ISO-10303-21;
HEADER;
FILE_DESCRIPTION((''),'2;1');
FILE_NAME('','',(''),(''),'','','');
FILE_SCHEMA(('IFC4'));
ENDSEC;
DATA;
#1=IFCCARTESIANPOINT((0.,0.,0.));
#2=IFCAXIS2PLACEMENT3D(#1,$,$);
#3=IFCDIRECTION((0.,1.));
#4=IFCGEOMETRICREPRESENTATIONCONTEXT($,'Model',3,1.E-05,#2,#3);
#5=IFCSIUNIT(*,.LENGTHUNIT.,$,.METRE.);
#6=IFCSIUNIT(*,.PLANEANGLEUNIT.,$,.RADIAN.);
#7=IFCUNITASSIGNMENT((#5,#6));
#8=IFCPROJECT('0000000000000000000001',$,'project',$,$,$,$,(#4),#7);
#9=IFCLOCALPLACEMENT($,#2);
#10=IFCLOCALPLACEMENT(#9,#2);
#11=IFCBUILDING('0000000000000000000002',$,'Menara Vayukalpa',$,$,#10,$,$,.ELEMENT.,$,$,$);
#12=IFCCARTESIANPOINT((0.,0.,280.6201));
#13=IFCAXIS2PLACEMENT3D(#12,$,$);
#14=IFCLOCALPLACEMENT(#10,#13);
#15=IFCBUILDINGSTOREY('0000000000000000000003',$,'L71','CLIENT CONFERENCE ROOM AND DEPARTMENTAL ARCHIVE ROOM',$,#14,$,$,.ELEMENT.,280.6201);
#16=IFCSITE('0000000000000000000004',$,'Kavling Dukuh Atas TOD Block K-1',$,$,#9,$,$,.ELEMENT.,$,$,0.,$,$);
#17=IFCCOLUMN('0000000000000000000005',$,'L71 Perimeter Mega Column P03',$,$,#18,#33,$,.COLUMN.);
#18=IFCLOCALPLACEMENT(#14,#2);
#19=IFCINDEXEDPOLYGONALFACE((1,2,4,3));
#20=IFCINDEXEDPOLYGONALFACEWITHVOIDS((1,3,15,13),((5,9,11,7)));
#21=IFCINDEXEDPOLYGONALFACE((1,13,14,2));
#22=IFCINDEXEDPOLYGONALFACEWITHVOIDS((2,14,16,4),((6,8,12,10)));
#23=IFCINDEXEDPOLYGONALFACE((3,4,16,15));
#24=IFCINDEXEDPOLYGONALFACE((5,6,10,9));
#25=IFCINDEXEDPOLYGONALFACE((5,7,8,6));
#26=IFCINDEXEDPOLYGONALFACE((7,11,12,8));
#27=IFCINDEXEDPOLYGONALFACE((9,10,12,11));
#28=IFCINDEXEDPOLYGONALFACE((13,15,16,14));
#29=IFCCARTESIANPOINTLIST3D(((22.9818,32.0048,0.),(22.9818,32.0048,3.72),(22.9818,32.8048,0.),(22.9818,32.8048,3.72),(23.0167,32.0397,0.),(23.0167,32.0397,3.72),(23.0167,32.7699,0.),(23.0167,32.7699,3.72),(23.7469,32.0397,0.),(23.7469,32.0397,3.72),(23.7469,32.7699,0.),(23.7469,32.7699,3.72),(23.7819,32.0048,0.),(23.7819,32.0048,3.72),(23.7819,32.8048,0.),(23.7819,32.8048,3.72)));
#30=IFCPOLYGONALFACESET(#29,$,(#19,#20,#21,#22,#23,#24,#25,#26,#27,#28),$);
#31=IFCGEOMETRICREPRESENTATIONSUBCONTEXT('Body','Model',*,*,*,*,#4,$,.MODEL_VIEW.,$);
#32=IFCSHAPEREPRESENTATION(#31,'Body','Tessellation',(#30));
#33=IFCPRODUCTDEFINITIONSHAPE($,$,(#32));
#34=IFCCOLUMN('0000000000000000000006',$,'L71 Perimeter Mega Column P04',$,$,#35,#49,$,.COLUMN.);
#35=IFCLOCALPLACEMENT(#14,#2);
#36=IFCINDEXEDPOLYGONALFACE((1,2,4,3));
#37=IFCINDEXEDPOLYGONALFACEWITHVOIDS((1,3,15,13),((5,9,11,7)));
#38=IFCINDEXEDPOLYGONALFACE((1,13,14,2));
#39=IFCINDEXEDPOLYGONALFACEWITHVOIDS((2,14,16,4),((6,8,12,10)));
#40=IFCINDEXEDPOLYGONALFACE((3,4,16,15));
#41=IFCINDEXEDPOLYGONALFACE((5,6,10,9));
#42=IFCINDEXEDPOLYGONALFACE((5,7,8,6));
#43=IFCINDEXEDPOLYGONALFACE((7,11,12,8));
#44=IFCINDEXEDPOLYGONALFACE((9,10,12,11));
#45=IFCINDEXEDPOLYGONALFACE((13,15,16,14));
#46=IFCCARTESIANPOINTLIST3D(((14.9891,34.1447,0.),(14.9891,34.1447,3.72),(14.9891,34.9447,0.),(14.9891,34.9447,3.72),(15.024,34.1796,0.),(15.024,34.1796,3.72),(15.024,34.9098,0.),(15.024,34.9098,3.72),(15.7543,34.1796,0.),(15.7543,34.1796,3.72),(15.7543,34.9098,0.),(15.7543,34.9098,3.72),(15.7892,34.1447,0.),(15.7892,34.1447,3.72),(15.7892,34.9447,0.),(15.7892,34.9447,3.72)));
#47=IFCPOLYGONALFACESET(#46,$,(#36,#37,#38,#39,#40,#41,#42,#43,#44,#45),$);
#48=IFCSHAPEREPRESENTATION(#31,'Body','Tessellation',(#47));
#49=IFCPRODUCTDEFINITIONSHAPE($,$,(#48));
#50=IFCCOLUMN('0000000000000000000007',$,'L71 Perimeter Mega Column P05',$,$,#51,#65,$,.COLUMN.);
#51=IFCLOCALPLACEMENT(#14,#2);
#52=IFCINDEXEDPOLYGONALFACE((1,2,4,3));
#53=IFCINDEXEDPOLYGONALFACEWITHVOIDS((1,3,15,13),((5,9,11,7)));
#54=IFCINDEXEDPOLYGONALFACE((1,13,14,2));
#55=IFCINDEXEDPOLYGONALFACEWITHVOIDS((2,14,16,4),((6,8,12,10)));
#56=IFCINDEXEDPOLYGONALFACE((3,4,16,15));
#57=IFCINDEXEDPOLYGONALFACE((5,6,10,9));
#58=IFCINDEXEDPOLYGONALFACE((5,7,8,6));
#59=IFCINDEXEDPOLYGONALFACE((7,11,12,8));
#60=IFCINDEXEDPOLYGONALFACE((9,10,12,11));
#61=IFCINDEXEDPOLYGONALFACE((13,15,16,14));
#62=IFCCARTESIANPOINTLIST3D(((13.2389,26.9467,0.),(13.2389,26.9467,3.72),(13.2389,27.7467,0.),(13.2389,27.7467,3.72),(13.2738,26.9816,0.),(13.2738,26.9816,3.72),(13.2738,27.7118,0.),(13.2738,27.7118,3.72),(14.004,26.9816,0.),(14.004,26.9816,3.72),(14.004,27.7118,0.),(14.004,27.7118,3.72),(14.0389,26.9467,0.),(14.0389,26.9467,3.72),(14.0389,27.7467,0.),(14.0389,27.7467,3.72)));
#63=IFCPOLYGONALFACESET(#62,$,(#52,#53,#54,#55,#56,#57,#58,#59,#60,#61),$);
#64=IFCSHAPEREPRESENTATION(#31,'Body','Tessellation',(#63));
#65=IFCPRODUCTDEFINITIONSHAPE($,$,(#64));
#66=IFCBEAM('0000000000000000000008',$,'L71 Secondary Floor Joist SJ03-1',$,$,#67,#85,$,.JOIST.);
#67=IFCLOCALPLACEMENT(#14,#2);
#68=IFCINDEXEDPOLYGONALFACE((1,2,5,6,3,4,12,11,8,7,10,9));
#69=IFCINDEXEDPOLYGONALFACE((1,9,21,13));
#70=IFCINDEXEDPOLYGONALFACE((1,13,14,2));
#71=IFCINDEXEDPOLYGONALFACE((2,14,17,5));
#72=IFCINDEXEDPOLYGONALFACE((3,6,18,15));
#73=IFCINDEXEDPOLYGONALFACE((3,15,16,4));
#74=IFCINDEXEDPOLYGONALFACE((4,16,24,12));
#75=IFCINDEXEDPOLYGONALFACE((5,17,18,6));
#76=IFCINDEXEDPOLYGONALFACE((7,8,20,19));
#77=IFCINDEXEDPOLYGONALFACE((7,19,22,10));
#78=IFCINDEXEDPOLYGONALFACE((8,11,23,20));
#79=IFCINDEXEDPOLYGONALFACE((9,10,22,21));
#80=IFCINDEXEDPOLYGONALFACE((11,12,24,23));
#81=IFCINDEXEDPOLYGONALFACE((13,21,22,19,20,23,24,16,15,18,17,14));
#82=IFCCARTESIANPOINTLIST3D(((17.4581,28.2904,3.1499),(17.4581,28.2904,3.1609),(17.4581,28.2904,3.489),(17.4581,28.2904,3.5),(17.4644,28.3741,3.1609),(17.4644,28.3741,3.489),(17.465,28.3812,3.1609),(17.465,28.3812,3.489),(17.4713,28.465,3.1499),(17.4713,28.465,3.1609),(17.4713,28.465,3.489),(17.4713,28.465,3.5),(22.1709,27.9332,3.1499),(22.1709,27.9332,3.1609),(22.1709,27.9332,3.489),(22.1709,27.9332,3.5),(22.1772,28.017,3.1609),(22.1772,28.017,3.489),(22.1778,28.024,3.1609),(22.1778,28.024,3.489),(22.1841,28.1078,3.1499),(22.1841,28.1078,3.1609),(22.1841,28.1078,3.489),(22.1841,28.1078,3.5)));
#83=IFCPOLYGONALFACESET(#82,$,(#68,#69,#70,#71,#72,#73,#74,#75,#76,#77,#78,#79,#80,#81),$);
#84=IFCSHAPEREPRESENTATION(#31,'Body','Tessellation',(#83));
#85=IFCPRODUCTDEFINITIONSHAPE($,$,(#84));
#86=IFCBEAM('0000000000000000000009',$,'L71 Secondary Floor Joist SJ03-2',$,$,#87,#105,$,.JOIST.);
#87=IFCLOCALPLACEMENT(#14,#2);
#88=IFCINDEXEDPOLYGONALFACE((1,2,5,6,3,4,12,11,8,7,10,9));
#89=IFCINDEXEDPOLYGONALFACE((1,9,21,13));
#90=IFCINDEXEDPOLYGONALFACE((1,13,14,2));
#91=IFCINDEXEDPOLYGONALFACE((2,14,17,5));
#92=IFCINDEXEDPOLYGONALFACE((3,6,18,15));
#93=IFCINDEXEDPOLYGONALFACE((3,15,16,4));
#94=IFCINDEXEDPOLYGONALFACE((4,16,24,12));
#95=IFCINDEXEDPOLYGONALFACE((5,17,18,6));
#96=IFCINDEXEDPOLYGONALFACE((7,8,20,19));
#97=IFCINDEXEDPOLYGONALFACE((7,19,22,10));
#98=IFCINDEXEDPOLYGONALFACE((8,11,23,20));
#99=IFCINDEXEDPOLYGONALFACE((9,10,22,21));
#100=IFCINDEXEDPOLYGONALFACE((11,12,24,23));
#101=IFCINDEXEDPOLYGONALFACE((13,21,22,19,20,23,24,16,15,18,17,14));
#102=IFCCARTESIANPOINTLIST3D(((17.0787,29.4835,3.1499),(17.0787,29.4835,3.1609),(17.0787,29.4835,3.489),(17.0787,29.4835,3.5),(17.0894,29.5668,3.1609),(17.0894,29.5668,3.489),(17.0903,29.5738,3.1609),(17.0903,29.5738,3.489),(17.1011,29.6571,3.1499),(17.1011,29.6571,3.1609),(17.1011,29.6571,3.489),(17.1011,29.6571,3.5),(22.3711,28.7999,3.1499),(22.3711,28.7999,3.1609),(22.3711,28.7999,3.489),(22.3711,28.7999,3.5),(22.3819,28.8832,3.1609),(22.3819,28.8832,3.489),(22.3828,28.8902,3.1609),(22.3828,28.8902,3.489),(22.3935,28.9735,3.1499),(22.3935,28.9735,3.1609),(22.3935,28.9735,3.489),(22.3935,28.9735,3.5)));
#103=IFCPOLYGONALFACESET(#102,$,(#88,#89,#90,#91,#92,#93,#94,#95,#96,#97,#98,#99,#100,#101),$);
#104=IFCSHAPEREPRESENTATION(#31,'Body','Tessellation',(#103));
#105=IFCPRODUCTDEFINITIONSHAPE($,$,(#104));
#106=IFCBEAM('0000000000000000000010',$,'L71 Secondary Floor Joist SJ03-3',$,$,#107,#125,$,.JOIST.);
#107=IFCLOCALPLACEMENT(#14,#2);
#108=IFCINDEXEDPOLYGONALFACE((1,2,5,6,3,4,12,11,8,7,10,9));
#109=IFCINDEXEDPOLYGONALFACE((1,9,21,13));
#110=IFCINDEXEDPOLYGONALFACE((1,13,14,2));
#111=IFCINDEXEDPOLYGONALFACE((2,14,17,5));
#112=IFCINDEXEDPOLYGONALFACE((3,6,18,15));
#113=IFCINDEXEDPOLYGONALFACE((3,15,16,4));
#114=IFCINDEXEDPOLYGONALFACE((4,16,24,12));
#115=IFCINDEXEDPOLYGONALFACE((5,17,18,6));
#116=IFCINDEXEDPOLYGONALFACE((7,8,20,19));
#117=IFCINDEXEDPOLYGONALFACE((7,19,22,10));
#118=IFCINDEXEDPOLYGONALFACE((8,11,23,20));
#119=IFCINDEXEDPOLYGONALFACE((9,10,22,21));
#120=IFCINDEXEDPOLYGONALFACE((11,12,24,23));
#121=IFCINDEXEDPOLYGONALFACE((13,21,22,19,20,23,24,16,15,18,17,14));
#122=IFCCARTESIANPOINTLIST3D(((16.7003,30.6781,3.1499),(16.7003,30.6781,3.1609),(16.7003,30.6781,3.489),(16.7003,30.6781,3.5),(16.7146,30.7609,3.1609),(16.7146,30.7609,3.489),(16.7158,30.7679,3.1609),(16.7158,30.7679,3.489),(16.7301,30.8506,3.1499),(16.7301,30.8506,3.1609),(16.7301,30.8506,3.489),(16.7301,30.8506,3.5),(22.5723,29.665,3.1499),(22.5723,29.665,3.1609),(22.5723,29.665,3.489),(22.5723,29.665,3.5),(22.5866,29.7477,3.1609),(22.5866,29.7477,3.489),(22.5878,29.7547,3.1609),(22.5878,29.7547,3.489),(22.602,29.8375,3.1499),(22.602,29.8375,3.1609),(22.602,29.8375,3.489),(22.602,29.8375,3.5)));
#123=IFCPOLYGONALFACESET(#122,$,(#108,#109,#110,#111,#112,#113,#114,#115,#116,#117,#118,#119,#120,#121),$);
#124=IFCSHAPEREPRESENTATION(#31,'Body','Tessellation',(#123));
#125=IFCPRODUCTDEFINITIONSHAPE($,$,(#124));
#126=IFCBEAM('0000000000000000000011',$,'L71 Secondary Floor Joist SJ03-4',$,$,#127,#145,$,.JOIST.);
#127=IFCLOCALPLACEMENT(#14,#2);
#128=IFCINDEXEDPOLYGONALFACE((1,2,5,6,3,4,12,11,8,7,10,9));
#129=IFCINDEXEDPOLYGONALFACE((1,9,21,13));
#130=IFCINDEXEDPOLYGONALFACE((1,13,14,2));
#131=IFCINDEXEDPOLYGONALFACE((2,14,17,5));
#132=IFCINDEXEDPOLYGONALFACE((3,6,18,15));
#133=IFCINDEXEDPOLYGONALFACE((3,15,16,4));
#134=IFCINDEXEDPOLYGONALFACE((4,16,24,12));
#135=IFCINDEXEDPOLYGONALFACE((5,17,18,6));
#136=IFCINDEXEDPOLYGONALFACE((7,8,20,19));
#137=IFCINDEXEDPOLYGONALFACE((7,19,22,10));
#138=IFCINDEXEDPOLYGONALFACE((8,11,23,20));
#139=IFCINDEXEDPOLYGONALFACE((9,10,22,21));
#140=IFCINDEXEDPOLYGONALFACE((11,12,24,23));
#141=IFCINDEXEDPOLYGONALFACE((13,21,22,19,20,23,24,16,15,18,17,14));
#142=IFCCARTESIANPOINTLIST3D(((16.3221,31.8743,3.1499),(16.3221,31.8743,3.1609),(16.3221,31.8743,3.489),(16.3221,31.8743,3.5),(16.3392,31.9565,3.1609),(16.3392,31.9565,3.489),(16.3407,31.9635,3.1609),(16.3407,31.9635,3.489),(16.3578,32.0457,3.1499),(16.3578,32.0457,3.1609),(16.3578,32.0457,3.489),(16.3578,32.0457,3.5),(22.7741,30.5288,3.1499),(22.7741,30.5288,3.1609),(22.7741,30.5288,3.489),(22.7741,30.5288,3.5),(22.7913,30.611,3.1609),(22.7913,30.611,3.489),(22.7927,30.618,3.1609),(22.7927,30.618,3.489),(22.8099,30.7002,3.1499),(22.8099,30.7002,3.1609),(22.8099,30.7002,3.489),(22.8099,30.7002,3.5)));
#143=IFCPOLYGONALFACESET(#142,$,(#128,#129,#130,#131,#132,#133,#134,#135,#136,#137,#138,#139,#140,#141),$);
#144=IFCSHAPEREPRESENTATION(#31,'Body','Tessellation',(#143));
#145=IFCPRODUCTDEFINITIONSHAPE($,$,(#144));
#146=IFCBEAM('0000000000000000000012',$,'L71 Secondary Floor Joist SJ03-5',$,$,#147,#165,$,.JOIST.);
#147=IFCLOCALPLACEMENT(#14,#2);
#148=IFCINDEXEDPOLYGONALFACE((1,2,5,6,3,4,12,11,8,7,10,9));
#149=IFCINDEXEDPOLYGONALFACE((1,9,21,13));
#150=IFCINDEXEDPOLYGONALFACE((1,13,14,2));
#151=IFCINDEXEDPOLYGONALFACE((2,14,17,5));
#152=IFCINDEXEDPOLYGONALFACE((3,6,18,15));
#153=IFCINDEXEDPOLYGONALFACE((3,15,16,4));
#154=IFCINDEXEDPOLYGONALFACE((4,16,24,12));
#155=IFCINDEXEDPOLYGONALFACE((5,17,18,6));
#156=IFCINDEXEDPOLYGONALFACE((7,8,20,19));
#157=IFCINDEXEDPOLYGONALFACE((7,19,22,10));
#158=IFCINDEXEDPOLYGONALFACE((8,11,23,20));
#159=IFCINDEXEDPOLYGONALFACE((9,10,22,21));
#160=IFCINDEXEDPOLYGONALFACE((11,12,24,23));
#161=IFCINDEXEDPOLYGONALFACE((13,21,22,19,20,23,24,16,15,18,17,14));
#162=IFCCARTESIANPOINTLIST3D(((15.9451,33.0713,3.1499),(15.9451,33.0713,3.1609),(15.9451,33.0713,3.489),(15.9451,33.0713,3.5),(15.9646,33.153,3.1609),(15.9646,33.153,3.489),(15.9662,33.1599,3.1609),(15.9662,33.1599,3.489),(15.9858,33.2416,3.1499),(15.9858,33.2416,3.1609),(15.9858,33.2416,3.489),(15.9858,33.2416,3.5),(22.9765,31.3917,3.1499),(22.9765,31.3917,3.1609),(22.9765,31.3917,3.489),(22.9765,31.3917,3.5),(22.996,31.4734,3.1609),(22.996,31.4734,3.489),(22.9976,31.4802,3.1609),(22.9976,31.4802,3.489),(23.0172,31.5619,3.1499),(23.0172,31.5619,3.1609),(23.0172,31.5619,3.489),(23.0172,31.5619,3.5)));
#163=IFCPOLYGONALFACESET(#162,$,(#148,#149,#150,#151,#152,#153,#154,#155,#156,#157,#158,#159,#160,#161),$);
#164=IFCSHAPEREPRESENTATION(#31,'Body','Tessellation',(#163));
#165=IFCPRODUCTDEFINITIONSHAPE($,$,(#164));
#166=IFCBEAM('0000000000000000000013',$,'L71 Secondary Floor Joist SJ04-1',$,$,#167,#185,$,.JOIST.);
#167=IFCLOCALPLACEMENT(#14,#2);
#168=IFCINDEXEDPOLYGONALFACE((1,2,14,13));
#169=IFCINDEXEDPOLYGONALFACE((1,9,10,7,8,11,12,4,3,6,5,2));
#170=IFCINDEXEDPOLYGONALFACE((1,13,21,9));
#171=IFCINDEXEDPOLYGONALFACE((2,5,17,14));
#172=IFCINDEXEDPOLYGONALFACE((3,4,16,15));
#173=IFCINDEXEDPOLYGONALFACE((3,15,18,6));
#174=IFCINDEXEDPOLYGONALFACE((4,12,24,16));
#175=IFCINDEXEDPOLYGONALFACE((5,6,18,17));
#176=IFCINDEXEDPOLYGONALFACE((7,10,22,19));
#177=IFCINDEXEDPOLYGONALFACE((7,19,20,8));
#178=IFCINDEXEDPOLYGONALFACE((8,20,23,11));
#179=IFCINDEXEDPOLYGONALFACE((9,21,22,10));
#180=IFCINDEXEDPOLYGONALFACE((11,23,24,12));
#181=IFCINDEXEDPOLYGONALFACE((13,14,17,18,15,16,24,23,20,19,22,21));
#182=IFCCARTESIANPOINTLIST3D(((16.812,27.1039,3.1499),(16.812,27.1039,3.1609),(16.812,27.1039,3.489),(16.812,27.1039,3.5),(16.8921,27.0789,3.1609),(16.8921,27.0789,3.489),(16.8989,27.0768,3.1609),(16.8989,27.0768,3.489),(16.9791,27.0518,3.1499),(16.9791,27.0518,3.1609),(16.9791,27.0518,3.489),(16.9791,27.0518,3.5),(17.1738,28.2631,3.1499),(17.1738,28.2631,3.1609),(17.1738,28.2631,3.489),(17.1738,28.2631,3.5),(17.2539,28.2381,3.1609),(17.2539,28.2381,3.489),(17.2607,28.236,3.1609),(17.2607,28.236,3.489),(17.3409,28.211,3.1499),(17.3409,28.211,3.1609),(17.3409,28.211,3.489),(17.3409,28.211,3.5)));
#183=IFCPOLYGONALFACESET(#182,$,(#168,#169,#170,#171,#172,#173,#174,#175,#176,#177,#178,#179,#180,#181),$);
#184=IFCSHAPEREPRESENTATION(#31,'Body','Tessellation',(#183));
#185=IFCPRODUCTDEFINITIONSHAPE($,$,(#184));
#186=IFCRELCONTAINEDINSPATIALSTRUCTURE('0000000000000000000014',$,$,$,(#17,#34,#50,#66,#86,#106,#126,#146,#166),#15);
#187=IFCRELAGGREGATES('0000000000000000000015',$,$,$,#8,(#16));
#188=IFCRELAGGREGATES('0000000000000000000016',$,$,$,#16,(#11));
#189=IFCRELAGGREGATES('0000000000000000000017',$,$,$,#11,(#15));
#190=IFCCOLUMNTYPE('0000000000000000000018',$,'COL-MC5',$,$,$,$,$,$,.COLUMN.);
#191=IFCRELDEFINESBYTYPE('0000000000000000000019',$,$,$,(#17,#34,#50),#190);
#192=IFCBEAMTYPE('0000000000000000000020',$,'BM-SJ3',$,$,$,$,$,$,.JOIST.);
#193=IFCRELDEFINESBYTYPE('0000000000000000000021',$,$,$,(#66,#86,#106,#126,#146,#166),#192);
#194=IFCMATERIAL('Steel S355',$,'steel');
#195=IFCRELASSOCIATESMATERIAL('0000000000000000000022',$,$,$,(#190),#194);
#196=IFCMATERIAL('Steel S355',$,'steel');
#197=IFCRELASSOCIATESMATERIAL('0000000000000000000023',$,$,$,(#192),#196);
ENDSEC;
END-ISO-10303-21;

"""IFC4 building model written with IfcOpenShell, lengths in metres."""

from ifc_helpers import new_model, si_unit, direction, frame, origin, origin_2d, place, context, subcontext, project, spatial, hollow_rectangle, i_section, extrude, material, material_profile, profile_set, type_object, element, save


model = new_model("IFC4")

# Units and contexts
model_context = context("Model", 3, precision=1e-05, world=origin(), true_north=direction((0.0, 1.0)))
body_context = subcontext(model_context, "Body", "Model", "MODEL_VIEW")
ifc_project = project(units=[si_unit("LENGTHUNIT", "METRE"), si_unit("PLANEANGLEUNIT", "RADIAN")], contexts=[model_context])

# Site, building, storey
site_placement = place(None, origin())
site = spatial("IfcSite", under=ifc_project, at=site_placement, Name="Kavling Dukuh Atas TOD Block K-1", CompositionType="ELEMENT", RefElevation=0.0)
building_placement = place(site_placement, origin())
building = spatial("IfcBuilding", under=site, at=building_placement, Name="Menara Vayukalpa", CompositionType="ELEMENT")
storey_placement = place(building_placement, frame((0.0, 0.0, 280.6201)))
storey = spatial("IfcBuildingStorey", under=building, at=storey_placement, Name="L71", Description="CLIENT CONFERENCE ROOM AND DEPARTMENTAL ARCHIVE ROOM", CompositionType="ELEMENT", Elevation=280.6201)

# Columns
ifc_material_1 = material(Name="Steel S355", Category="steel")
ifc_material_profile_1 = material_profile(ifc_material_1, hollow_rectangle(XDim=0.8, YDim=0.8, WallThickness=0.0349, at=origin_2d()), Name="BOX 800x800x35")
ifc_profile_set_1 = profile_set([ifc_material_profile_1], Name="Steel S355")
column_type = type_object("IfcColumnType", Name="COL-MC5", PredefinedType="COLUMN", material=ifc_profile_set_1)
for number, where, z_axis, x_axis, name in (
    (1, (23.3818, 32.4048, 0.0), (0.0, 0.0, 1.0), (1.0, 0.0, 0.0), "L71 Perimeter Mega Column P03"),
    (2, (15.3892, 34.5447, 0.0), (0.0, 0.0, 1.0), (1.0, 0.0, 0.0), "L71 Perimeter Mega Column P04"),
    (3, (13.6389, 27.3467, 0.0), (0.0, 0.0, 1.0), (1.0, 0.0, 0.0), "L71 Perimeter Mega Column P05"),
):
    element("IfcColumn", number, at=place(storey_placement, frame(where, z_axis=z_axis, x_axis=x_axis)), inside=storey, type_object=column_type, Name=name, PredefinedType="COLUMN", context=body_context, shape_type="SweptSolid", body=[
        extrude(hollow_rectangle(XDim=0.8, YDim=0.8, WallThickness=0.0349, at=origin_2d()), origin(), (0.0, 0.0, 1.0), 3.72),
    ])

# Beams
ifc_material_2 = material(Name="Steel S355", Category="steel")
ifc_material_profile_2 = material_profile(ifc_material_2, i_section(OverallWidth=0.175, OverallDepth=0.3501, WebThickness=0.0071, FlangeThickness=0.011, at=origin_2d()), Name="WF 350x175x7x11")
ifc_profile_set_2 = profile_set([ifc_material_profile_2], Name="Steel S355")
beam_type_1 = type_object("IfcBeamType", Name="BM-SJ3", PredefinedType="JOIST", material=ifc_profile_set_2)
beam_1_placement = place(storey_placement, frame((22.1775, 28.0205, 3.325), z_axis=(-0.99714, 0.075571, 0.0), x_axis=(-0.075571, -0.99714, 0.0)))
element("IfcBeam", 4, at=beam_1_placement, inside=storey, type_object=beam_type_1, Name="L71 Secondary Floor Joist SJ03-1", PredefinedType="JOIST", context=body_context, shape_type="SweptSolid", body=[
    extrude(i_section(OverallWidth=0.175, OverallDepth=0.3501, WebThickness=0.0071, FlangeThickness=0.011, at=origin_2d()), origin(), (0.0, 0.0, 1.0), 4.7263),
])
beam_2_placement = place(storey_placement, frame((22.3823, 28.8867, 3.325), z_axis=(-0.991761, 0.128099, 0.0), x_axis=(-0.128099, -0.991761, 0.0)))
element("IfcBeam", 5, at=beam_2_placement, inside=storey, type_object=beam_type_1, Name="L71 Secondary Floor Joist SJ03-2", PredefinedType="JOIST", context=body_context, shape_type="SweptSolid", body=[
    extrude(i_section(OverallWidth=0.175, OverallDepth=0.3501, WebThickness=0.0071, FlangeThickness=0.011, at=origin_2d()), origin(), (0.0, 0.0, 1.0), 5.3364),
])
beam_3_placement = place(storey_placement, frame((22.5872, 29.7512, 3.325), z_axis=(-0.985439, 0.17003, 0.0), x_axis=(-0.17003, -0.985439, 0.0)))
element("IfcBeam", 6, at=beam_3_placement, inside=storey, type_object=beam_type_1, Name="L71 Secondary Floor Joist SJ03-3", PredefinedType="JOIST", context=body_context, shape_type="SweptSolid", body=[
    extrude(i_section(OverallWidth=0.175, OverallDepth=0.3501, WebThickness=0.0071, FlangeThickness=0.011, at=origin_2d()), origin(), (0.0, 0.0, 1.0), 5.9587),
])
beam_4_placement = place(storey_placement, frame((22.792, 30.6145, 3.325), z_axis=(-0.978941, 0.204145, 0.0), x_axis=(-0.204145, -0.978941, 0.0)))
element("IfcBeam", 7, at=beam_4_placement, inside=storey, type_object=beam_type_1, Name="L71 Secondary Floor Joist SJ03-4", PredefinedType="JOIST", context=body_context, shape_type="SweptSolid", body=[
    extrude(i_section(OverallWidth=0.175, OverallDepth=0.3501, WebThickness=0.0071, FlangeThickness=0.011, at=origin_2d()), origin(), (0.0, 0.0, 1.0), 6.5908),
])
beam_5_placement = place(storey_placement, frame((22.9968, 31.4768, 3.325), z_axis=(-0.972634, 0.232343, 0.0), x_axis=(-0.232343, -0.972634, 0.0)))
element("IfcBeam", 8, at=beam_5_placement, inside=storey, type_object=beam_type_1, Name="L71 Secondary Floor Joist SJ03-5", PredefinedType="JOIST", context=body_context, shape_type="SweptSolid", body=[
    extrude(i_section(OverallWidth=0.175, OverallDepth=0.3501, WebThickness=0.0071, FlangeThickness=0.011, at=origin_2d()), origin(), (0.0, 0.0, 1.0), 7.2292),
])
beam_6_placement = place(storey_placement, frame((17.2573, 28.2371, 3.325), z_axis=(-0.297954, -0.95458, 0.0), x_axis=(0.95458, -0.297954, 0.0)))
element("IfcBeam", 9, at=beam_6_placement, inside=storey, type_object=beam_type_1, Name="L71 Secondary Floor Joist SJ04-1", PredefinedType="JOIST", context=body_context, shape_type="SweptSolid", body=[
    extrude(i_section(OverallWidth=0.175, OverallDepth=0.3501, WebThickness=0.0071, FlangeThickness=0.011, at=origin_2d()), origin(), (0.0, 0.0, 1.0), 1.2144),
])

save(model, "model.ifc")
